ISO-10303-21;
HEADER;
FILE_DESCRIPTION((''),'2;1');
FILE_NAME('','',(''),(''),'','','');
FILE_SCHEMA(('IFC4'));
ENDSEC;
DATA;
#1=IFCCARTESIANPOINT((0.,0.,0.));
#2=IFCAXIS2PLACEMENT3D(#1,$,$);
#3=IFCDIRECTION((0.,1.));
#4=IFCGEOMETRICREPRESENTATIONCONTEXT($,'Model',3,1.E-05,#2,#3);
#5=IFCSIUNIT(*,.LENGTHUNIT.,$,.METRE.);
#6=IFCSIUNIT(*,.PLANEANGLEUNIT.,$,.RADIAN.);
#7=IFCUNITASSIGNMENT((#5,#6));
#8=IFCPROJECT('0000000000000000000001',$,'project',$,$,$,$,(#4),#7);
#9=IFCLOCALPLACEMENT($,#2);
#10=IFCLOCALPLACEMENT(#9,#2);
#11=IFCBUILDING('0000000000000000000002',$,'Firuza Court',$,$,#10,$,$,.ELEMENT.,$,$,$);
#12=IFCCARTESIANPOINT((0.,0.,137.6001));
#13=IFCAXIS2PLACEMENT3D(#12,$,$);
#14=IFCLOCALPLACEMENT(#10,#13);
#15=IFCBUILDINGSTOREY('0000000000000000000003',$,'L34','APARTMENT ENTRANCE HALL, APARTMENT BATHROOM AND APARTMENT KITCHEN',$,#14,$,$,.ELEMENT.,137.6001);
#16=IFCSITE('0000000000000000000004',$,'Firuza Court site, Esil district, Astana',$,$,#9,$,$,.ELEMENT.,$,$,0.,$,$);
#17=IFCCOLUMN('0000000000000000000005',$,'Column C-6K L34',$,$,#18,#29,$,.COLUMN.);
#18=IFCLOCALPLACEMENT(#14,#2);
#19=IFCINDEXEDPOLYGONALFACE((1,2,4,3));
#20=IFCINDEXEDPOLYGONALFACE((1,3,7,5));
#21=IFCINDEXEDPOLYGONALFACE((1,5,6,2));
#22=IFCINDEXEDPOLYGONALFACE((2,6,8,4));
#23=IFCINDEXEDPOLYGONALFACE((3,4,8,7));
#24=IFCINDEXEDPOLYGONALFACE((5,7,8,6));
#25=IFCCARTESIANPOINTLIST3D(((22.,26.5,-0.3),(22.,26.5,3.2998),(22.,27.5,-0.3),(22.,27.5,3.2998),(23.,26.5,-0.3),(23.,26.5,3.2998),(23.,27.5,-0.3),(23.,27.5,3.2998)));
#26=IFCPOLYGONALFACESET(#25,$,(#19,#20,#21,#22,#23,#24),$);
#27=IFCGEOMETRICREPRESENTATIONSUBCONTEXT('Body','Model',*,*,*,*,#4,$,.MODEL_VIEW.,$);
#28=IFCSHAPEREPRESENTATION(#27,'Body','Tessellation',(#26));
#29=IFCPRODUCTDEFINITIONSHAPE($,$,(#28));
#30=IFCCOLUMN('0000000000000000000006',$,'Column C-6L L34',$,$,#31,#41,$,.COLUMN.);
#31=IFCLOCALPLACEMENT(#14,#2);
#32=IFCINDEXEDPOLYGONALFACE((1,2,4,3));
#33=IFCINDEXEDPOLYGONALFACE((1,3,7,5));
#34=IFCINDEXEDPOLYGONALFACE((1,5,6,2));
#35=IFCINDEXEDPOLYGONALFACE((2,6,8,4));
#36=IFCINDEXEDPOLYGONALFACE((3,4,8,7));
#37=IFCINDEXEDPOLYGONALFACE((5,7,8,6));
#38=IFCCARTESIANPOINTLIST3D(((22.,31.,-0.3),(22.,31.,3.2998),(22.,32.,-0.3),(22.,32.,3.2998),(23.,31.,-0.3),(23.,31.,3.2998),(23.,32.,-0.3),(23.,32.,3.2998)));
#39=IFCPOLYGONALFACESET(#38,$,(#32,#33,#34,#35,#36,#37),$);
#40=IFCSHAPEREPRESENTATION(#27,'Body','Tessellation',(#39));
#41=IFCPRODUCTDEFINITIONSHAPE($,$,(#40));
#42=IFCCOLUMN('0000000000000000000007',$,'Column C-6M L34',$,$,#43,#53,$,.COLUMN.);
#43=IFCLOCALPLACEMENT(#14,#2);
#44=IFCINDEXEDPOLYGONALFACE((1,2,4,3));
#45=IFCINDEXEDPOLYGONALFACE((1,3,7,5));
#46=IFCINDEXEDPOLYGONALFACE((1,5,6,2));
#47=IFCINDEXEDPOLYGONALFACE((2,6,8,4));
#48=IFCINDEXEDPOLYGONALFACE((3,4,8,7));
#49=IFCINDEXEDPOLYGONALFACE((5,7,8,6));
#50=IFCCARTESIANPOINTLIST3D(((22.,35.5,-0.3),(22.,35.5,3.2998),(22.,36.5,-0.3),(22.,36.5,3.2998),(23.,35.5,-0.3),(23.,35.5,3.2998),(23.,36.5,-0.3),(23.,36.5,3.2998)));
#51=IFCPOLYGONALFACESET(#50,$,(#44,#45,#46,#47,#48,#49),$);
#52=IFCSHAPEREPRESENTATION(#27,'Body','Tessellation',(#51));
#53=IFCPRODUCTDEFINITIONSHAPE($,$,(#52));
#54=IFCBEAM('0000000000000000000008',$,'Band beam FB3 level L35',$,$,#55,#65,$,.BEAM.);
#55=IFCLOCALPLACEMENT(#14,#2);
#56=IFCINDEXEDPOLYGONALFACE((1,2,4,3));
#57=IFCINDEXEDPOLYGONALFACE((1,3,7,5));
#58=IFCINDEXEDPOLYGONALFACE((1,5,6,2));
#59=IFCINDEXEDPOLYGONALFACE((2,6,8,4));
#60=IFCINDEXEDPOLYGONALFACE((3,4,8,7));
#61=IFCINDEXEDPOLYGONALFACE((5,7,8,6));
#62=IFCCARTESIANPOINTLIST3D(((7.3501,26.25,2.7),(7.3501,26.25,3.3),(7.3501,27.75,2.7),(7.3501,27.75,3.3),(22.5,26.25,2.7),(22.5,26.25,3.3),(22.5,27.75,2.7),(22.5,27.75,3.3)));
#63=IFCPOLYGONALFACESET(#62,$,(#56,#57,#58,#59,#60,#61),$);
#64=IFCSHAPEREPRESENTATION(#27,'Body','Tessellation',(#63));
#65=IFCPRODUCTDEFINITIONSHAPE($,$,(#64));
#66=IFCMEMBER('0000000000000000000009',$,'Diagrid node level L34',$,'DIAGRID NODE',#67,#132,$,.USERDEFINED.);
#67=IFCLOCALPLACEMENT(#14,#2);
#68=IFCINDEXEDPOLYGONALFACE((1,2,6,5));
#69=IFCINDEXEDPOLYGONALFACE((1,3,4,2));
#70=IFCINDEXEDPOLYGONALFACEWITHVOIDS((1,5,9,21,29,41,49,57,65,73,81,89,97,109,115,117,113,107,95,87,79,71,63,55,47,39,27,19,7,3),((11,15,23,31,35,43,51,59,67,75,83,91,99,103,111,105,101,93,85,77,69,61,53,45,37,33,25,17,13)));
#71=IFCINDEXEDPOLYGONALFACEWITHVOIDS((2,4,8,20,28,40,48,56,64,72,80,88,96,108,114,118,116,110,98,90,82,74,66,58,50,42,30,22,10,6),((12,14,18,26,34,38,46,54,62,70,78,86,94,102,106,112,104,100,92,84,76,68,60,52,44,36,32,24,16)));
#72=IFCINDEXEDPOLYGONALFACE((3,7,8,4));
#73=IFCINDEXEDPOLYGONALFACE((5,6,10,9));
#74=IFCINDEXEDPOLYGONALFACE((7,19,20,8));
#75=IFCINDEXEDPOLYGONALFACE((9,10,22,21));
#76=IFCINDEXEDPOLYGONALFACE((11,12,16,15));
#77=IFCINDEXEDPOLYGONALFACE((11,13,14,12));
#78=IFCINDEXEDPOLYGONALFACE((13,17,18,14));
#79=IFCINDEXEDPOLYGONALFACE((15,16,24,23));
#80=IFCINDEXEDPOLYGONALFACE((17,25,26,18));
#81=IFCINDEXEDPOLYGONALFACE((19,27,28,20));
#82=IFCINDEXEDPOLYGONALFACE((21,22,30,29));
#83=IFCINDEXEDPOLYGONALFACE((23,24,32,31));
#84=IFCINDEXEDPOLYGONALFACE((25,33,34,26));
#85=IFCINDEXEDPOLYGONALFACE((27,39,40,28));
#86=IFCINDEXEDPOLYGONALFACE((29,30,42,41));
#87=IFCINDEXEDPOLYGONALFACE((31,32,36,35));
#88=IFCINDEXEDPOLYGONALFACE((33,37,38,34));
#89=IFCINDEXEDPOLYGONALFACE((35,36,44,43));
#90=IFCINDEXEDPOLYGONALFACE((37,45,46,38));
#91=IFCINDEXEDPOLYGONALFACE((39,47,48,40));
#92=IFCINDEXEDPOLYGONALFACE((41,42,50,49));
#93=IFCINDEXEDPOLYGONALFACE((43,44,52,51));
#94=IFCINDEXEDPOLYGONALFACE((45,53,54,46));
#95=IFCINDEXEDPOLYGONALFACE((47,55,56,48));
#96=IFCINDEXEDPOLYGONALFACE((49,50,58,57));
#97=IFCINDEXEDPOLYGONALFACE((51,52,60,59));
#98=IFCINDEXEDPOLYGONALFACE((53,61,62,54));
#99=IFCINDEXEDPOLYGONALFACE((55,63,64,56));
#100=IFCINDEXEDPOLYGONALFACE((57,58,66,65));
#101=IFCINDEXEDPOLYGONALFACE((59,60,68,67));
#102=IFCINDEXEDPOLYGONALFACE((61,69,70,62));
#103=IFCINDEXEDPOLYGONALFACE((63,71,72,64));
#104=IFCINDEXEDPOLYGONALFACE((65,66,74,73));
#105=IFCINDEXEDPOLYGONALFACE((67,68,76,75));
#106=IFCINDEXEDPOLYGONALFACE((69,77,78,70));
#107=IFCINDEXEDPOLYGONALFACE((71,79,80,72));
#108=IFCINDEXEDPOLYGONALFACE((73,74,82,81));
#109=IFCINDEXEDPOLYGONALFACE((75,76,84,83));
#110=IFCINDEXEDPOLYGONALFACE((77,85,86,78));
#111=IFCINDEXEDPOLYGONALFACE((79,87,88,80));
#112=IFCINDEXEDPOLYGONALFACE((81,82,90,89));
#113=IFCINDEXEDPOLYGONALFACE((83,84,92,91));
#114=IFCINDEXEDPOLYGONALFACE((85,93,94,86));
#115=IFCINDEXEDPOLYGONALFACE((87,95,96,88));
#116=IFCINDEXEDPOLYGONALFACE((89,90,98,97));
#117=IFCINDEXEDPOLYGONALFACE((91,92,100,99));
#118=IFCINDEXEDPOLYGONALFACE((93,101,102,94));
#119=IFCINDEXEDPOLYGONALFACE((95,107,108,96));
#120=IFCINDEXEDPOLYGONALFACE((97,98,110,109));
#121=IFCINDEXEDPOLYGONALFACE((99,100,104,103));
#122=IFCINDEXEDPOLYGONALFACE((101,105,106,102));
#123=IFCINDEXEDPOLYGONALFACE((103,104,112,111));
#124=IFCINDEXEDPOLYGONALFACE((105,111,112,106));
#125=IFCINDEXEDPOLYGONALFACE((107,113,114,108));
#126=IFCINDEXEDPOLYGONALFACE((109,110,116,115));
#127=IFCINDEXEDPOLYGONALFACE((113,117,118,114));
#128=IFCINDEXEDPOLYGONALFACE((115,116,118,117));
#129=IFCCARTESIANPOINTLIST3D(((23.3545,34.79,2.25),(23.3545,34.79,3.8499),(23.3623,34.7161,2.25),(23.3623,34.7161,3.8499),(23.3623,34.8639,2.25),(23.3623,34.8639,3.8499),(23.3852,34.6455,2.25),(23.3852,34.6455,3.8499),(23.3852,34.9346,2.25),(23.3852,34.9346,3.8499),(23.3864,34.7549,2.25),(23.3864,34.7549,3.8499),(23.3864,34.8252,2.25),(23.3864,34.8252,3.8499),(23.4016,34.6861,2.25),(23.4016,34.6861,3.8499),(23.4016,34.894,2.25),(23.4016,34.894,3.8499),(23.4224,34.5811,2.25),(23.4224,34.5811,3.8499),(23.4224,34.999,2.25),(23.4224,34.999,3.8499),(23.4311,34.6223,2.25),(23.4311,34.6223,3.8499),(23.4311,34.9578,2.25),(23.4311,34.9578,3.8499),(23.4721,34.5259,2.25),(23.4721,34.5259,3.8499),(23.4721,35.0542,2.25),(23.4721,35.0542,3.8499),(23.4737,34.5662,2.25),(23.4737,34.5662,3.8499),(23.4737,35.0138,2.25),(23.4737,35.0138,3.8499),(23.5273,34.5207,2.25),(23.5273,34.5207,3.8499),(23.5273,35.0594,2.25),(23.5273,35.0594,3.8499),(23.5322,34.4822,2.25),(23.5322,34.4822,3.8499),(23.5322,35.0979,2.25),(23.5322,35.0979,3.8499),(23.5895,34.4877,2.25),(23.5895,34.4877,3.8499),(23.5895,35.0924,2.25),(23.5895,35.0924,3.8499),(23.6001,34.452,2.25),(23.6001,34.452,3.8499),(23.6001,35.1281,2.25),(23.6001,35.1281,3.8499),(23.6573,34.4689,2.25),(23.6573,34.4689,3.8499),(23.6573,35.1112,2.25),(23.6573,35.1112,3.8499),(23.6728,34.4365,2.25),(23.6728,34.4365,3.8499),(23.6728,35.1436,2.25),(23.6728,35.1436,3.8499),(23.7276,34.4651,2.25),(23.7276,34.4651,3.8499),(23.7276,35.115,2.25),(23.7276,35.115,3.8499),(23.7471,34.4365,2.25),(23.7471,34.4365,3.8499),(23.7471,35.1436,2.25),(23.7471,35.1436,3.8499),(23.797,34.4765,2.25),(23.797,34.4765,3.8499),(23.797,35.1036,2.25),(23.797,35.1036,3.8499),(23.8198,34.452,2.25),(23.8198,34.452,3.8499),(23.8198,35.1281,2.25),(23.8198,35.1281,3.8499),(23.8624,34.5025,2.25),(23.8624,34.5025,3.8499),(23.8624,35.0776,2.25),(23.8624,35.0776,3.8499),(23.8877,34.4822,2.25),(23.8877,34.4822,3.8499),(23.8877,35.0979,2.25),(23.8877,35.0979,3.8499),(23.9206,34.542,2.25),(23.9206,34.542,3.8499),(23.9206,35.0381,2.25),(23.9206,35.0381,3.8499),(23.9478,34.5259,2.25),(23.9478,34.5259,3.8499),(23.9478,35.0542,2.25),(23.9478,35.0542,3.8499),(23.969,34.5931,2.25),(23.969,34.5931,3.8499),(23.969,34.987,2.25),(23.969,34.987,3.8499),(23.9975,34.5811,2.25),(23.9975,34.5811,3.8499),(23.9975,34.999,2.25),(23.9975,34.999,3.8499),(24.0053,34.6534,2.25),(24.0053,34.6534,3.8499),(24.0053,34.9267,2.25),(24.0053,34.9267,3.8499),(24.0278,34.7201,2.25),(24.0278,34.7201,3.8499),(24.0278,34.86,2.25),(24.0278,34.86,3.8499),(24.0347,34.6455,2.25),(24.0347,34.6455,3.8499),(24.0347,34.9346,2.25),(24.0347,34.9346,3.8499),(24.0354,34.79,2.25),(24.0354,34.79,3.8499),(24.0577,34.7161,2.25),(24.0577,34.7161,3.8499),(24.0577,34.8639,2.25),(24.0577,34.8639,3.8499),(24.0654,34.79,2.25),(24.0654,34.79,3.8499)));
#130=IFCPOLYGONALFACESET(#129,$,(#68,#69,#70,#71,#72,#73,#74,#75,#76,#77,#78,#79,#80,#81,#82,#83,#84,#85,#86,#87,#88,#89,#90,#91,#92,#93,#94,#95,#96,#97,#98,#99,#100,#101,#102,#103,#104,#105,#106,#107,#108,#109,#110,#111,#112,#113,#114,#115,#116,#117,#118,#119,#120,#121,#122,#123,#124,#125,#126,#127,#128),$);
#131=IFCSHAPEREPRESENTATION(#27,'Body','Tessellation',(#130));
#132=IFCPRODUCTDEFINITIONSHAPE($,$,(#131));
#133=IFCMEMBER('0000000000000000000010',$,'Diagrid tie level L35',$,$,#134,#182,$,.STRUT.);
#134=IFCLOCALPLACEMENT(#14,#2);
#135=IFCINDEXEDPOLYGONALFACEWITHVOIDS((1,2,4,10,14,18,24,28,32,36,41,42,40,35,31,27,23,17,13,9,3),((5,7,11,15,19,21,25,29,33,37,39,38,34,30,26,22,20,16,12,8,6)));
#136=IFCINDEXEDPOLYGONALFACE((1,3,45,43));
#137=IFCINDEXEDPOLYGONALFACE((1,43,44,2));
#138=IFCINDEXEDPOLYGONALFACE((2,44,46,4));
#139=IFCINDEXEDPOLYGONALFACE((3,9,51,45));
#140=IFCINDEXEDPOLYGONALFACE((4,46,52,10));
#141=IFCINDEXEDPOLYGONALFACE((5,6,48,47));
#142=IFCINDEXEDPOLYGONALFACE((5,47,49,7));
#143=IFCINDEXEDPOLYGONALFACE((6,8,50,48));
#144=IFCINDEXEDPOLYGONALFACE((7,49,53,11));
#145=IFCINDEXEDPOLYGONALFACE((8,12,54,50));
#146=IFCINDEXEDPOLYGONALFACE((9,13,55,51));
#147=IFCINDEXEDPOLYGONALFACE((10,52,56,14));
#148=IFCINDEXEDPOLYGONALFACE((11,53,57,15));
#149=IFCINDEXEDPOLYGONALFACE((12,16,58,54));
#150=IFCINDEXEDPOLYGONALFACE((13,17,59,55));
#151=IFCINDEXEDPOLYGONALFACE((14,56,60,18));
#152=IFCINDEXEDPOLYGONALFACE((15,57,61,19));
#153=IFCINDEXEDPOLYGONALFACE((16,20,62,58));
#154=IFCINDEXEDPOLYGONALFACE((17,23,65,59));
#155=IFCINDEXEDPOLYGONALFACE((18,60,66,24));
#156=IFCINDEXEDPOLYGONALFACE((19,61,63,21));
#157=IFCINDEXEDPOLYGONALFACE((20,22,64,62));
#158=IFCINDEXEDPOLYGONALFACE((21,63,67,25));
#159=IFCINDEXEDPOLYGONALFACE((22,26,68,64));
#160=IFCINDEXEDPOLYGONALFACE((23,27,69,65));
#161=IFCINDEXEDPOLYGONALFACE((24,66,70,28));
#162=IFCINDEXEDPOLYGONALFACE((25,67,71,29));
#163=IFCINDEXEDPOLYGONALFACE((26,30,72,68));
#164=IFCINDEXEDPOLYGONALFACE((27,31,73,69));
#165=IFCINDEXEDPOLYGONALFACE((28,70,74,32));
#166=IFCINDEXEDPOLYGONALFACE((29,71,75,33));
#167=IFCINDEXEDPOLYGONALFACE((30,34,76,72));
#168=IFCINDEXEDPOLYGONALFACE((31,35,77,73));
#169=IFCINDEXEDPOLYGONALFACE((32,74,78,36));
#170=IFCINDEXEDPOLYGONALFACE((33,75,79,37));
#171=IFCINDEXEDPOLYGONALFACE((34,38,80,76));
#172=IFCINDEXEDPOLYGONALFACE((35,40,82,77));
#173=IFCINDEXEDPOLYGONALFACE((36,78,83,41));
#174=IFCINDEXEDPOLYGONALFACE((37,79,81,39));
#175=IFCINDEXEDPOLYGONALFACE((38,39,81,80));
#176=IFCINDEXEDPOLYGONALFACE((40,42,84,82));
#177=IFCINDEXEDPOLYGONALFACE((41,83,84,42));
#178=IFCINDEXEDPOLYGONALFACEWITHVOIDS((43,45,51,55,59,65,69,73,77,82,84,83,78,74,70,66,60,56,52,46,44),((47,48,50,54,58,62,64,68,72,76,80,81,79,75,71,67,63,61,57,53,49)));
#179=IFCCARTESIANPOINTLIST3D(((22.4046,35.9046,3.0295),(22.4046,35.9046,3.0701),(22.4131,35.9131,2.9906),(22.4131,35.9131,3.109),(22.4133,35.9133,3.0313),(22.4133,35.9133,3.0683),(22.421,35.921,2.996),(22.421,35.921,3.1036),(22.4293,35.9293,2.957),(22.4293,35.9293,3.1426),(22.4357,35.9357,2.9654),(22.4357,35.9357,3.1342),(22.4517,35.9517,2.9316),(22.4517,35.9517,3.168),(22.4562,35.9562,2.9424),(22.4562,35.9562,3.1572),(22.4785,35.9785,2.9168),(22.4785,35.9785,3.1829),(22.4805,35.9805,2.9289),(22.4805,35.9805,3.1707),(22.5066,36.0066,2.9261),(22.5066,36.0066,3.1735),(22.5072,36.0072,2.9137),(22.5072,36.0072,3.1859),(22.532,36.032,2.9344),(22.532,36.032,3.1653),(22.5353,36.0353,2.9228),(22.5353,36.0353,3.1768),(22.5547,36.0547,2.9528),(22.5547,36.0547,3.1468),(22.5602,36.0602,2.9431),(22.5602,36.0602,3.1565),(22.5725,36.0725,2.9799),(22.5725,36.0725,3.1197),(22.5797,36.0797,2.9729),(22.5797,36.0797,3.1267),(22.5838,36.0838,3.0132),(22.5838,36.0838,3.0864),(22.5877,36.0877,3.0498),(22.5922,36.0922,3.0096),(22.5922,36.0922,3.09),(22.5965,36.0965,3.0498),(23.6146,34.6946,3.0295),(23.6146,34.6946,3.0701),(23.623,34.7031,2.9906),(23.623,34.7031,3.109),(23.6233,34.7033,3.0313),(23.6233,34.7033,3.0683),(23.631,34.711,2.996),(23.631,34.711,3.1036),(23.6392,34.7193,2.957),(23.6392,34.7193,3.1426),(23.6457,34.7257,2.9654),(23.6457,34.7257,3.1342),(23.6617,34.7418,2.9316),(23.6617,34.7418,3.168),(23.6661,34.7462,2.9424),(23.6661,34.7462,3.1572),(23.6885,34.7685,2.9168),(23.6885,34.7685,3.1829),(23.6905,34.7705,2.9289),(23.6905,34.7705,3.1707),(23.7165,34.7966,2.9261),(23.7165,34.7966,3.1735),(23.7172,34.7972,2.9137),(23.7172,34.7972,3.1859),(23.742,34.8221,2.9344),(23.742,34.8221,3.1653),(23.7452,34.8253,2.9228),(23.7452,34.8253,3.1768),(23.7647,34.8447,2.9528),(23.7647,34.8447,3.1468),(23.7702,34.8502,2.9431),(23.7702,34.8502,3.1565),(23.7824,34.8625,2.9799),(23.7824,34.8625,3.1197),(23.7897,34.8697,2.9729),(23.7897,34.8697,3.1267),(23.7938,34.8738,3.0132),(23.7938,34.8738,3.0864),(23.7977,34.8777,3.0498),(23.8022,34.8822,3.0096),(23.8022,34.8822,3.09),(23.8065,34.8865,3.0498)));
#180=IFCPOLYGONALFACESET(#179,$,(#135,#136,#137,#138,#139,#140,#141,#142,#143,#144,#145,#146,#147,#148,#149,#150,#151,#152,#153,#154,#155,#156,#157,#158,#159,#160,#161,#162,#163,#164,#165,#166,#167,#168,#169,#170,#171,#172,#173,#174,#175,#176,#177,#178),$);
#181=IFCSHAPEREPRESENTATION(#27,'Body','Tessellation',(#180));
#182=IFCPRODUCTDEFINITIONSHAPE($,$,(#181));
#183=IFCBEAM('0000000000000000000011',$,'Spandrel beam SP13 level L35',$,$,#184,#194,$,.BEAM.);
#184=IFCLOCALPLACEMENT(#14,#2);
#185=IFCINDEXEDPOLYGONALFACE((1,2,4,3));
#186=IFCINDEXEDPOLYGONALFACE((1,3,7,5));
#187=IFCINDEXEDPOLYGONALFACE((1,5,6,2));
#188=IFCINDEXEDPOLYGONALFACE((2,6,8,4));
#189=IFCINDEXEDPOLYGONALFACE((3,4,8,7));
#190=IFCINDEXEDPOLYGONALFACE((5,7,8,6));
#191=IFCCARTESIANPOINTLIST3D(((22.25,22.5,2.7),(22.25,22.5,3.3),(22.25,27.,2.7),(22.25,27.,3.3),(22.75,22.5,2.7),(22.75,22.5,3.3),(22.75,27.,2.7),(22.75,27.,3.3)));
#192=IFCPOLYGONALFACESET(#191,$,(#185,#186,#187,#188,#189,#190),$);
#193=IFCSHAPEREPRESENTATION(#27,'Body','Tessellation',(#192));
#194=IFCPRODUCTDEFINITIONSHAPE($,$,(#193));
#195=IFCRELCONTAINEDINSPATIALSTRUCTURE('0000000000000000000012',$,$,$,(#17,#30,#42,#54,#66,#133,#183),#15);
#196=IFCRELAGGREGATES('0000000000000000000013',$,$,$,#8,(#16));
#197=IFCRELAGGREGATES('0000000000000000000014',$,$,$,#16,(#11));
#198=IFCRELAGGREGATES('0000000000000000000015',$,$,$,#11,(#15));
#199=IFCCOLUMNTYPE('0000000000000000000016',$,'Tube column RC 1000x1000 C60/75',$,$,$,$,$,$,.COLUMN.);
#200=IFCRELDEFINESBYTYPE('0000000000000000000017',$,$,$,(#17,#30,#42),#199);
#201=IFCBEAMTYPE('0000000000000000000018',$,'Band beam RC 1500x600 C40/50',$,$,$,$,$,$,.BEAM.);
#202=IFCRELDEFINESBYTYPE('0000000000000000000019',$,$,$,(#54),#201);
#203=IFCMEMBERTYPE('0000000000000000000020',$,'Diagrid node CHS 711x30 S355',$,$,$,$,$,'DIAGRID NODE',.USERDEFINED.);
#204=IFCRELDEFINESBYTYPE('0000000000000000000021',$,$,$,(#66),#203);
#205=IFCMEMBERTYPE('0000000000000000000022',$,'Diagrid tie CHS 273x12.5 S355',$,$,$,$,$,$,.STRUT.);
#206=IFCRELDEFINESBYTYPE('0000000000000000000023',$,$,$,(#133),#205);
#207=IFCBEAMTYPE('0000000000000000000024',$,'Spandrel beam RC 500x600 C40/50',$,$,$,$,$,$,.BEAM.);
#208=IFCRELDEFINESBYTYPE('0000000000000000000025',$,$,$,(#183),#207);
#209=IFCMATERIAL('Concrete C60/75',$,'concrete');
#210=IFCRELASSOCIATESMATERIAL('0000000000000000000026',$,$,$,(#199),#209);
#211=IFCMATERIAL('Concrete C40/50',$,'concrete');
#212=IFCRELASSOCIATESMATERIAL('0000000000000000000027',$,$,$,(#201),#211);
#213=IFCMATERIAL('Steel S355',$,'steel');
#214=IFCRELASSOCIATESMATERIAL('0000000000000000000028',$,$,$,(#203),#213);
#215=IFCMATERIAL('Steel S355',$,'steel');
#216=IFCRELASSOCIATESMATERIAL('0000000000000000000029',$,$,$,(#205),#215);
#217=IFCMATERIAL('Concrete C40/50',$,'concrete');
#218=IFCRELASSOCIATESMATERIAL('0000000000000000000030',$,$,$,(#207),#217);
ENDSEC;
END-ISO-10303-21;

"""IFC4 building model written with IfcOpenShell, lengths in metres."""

from ifc_helpers import new_model, si_unit, direction, frame, origin, origin_2d, place, context, subcontext, project, spatial, rectangle, hollow_circle, extrude, material, material_profile, profile_set, type_object, element, save


model = new_model("IFC4")

# Units and contexts
model_context = context("Model", 3, precision=1e-05, world=origin(), true_north=direction((0.0, 1.0)))
body_context = subcontext(model_context, "Body", "Model", "MODEL_VIEW")
ifc_project = project(units=[si_unit("LENGTHUNIT", "METRE"), si_unit("PLANEANGLEUNIT", "RADIAN")], contexts=[model_context])

# Site, building, storey
site_placement = place(None, origin())
site = spatial("IfcSite", under=ifc_project, at=site_placement, Name="Firuza Court site, Esil district, Astana", CompositionType="ELEMENT", RefElevation=0.0)
building_placement = place(site_placement, origin())
building = spatial("IfcBuilding", under=site, at=building_placement, Name="Firuza Court", CompositionType="ELEMENT")
storey_placement = place(building_placement, frame((0.0, 0.0, 137.6001)))
storey = spatial("IfcBuildingStorey", under=building, at=storey_placement, Name="L34", Description="APARTMENT ENTRANCE HALL, APARTMENT BATHROOM AND APARTMENT KITCHEN", CompositionType="ELEMENT", Elevation=137.6001)

# Columns
ifc_material_1 = material(Name="Concrete C60/75", Category="concrete")
ifc_material_profile_1 = material_profile(ifc_material_1, rectangle(XDim=1.0, YDim=1.0, at=origin_2d()), Name="RC 1000x1000")
ifc_profile_set_1 = profile_set([ifc_material_profile_1], Name="Concrete C60/75")
column_type = type_object("IfcColumnType", Name="Tube column RC 1000x1000 C60/75", PredefinedType="COLUMN", material=ifc_profile_set_1)
for number, where, z_axis, x_axis, name in (
    (1, (22.5, 27.0, -0.3), (0.0, 0.0, 1.0), (1.0, 0.0, 0.0), "Column C-6K L34"),
    (2, (22.5, 31.5, -0.3), (0.0, 0.0, 1.0), (1.0, 0.0, 0.0), "Column C-6L L34"),
    (3, (22.5, 36.0, -0.3), (0.0, 0.0, 1.0), (1.0, 0.0, 0.0), "Column C-6M L34"),
):
    element("IfcColumn", number, at=place(storey_placement, frame(where, z_axis=z_axis, x_axis=x_axis)), inside=storey, type_object=column_type, Name=name, PredefinedType="COLUMN", context=body_context, shape_type="SweptSolid", body=[
        extrude(rectangle(XDim=1.0, YDim=1.0, at=origin_2d()), origin(), (0.0, 0.0, 1.0), 3.5999),
    ])

# Beam
ifc_material_2 = material(Name="Concrete C40/50", Category="concrete")
ifc_material_profile_2 = material_profile(ifc_material_2, rectangle(XDim=1.5, YDim=0.6001, at=origin_2d()), Name="RC 1500x600")
ifc_profile_set_2 = profile_set([ifc_material_profile_2], Name="Concrete C40/50")
beam_type_1 = type_object("IfcBeamType", Name="Band beam RC 1500x600 C40/50", PredefinedType="BEAM", material=ifc_profile_set_2)
beam_placement = place(storey_placement, frame((22.5, 27.0, 3.0), z_axis=(-1.0, 0.0, 0.0), x_axis=(0.0, -1.0, 0.0)))
element("IfcBeam", 4, at=beam_placement, inside=storey, type_object=beam_type_1, Name="Band beam FB3 level L35", PredefinedType="BEAM", context=body_context, shape_type="SweptSolid", body=[
    extrude(rectangle(XDim=1.5, YDim=0.6001, at=origin_2d()), origin(), (0.0, 0.0, 1.0), 15.1499),
])

# Members
ifc_material_3 = material(Name="Steel S355", Category="steel")
ifc_material_profile_3 = material_profile(ifc_material_3, hollow_circle(Radius=0.3555, WallThickness=0.03, at=origin_2d()), Name="CHS 711x30")
ifc_profile_set_3 = profile_set([ifc_material_profile_3], Name="Steel S355")
member_type_1 = type_object("IfcMemberType", Name="Diagrid node CHS 711x30 S355", ElementType="DIAGRID NODE", PredefinedType="USERDEFINED", material=ifc_profile_set_3)
member_1_placement = place(storey_placement, frame((23.71, 34.79, 2.25), z_axis=(0.0, 0.0, 1.0), x_axis=(1.0, 0.0, 0.0)))
element("IfcMember", 5, at=member_1_placement, inside=storey, type_object=member_type_1, Name="Diagrid node level L34", ObjectType="DIAGRID NODE", PredefinedType="USERDEFINED", context=body_context, shape_type="SweptSolid", body=[
    extrude(hollow_circle(Radius=0.3555, WallThickness=0.03, at=origin_2d()), origin(), (0.0, 0.0, 1.0), 1.5999),
])
ifc_material_4 = material(Name="Steel S355", Category="steel")
ifc_material_profile_4 = material_profile(ifc_material_4, hollow_circle(Radius=0.1365, WallThickness=0.0125, at=origin_2d()), Name="CHS 273x12.5")
ifc_profile_set_4 = profile_set([ifc_material_profile_4], Name="Steel S355")
member_type_2 = type_object("IfcMemberType", Name="Diagrid tie CHS 273x12.5 S355", PredefinedType="STRUT", material=ifc_profile_set_4)
member_2_placement = place(storey_placement, frame((22.5, 36.0, 3.0498), z_axis=(0.707107, -0.707107, 0.0), x_axis=(0.707107, 0.707107, 0.0)))
element("IfcMember", 6, at=member_2_placement, inside=storey, type_object=member_type_2, Name="Diagrid tie level L35", PredefinedType="STRUT", context=body_context, shape_type="SweptSolid", body=[
    extrude(hollow_circle(Radius=0.1365, WallThickness=0.0125, at=origin_2d()), origin(), (0.0, 0.0, 1.0), 1.7112),
])

# Beam
ifc_material_5 = material(Name="Concrete C40/50", Category="concrete")
ifc_material_profile_5 = material_profile(ifc_material_5, rectangle(XDim=0.5, YDim=0.6001, at=origin_2d()), Name="RC 500x600")
ifc_profile_set_5 = profile_set([ifc_material_profile_5], Name="Concrete C40/50")
beam_type_2 = type_object("IfcBeamType", Name="Spandrel beam RC 500x600 C40/50", PredefinedType="BEAM", material=ifc_profile_set_5)
for number, where, z_axis, x_axis, name in (
    (7, (22.5, 22.5, 3.0), (0.0, 1.0, 0.0), (-1.0, 0.0, 0.0), "Spandrel beam SP13 level L35"),
):
    element("IfcBeam", number, at=place(storey_placement, frame(where, z_axis=z_axis, x_axis=x_axis)), inside=storey, type_object=beam_type_2, Name=name, PredefinedType="BEAM", context=body_context, shape_type="SweptSolid", body=[
        extrude(rectangle(XDim=0.5, YDim=0.6001, at=origin_2d()), origin(), (0.0, 0.0, 1.0), 4.5),
    ])

save(model, "model.ifc")
